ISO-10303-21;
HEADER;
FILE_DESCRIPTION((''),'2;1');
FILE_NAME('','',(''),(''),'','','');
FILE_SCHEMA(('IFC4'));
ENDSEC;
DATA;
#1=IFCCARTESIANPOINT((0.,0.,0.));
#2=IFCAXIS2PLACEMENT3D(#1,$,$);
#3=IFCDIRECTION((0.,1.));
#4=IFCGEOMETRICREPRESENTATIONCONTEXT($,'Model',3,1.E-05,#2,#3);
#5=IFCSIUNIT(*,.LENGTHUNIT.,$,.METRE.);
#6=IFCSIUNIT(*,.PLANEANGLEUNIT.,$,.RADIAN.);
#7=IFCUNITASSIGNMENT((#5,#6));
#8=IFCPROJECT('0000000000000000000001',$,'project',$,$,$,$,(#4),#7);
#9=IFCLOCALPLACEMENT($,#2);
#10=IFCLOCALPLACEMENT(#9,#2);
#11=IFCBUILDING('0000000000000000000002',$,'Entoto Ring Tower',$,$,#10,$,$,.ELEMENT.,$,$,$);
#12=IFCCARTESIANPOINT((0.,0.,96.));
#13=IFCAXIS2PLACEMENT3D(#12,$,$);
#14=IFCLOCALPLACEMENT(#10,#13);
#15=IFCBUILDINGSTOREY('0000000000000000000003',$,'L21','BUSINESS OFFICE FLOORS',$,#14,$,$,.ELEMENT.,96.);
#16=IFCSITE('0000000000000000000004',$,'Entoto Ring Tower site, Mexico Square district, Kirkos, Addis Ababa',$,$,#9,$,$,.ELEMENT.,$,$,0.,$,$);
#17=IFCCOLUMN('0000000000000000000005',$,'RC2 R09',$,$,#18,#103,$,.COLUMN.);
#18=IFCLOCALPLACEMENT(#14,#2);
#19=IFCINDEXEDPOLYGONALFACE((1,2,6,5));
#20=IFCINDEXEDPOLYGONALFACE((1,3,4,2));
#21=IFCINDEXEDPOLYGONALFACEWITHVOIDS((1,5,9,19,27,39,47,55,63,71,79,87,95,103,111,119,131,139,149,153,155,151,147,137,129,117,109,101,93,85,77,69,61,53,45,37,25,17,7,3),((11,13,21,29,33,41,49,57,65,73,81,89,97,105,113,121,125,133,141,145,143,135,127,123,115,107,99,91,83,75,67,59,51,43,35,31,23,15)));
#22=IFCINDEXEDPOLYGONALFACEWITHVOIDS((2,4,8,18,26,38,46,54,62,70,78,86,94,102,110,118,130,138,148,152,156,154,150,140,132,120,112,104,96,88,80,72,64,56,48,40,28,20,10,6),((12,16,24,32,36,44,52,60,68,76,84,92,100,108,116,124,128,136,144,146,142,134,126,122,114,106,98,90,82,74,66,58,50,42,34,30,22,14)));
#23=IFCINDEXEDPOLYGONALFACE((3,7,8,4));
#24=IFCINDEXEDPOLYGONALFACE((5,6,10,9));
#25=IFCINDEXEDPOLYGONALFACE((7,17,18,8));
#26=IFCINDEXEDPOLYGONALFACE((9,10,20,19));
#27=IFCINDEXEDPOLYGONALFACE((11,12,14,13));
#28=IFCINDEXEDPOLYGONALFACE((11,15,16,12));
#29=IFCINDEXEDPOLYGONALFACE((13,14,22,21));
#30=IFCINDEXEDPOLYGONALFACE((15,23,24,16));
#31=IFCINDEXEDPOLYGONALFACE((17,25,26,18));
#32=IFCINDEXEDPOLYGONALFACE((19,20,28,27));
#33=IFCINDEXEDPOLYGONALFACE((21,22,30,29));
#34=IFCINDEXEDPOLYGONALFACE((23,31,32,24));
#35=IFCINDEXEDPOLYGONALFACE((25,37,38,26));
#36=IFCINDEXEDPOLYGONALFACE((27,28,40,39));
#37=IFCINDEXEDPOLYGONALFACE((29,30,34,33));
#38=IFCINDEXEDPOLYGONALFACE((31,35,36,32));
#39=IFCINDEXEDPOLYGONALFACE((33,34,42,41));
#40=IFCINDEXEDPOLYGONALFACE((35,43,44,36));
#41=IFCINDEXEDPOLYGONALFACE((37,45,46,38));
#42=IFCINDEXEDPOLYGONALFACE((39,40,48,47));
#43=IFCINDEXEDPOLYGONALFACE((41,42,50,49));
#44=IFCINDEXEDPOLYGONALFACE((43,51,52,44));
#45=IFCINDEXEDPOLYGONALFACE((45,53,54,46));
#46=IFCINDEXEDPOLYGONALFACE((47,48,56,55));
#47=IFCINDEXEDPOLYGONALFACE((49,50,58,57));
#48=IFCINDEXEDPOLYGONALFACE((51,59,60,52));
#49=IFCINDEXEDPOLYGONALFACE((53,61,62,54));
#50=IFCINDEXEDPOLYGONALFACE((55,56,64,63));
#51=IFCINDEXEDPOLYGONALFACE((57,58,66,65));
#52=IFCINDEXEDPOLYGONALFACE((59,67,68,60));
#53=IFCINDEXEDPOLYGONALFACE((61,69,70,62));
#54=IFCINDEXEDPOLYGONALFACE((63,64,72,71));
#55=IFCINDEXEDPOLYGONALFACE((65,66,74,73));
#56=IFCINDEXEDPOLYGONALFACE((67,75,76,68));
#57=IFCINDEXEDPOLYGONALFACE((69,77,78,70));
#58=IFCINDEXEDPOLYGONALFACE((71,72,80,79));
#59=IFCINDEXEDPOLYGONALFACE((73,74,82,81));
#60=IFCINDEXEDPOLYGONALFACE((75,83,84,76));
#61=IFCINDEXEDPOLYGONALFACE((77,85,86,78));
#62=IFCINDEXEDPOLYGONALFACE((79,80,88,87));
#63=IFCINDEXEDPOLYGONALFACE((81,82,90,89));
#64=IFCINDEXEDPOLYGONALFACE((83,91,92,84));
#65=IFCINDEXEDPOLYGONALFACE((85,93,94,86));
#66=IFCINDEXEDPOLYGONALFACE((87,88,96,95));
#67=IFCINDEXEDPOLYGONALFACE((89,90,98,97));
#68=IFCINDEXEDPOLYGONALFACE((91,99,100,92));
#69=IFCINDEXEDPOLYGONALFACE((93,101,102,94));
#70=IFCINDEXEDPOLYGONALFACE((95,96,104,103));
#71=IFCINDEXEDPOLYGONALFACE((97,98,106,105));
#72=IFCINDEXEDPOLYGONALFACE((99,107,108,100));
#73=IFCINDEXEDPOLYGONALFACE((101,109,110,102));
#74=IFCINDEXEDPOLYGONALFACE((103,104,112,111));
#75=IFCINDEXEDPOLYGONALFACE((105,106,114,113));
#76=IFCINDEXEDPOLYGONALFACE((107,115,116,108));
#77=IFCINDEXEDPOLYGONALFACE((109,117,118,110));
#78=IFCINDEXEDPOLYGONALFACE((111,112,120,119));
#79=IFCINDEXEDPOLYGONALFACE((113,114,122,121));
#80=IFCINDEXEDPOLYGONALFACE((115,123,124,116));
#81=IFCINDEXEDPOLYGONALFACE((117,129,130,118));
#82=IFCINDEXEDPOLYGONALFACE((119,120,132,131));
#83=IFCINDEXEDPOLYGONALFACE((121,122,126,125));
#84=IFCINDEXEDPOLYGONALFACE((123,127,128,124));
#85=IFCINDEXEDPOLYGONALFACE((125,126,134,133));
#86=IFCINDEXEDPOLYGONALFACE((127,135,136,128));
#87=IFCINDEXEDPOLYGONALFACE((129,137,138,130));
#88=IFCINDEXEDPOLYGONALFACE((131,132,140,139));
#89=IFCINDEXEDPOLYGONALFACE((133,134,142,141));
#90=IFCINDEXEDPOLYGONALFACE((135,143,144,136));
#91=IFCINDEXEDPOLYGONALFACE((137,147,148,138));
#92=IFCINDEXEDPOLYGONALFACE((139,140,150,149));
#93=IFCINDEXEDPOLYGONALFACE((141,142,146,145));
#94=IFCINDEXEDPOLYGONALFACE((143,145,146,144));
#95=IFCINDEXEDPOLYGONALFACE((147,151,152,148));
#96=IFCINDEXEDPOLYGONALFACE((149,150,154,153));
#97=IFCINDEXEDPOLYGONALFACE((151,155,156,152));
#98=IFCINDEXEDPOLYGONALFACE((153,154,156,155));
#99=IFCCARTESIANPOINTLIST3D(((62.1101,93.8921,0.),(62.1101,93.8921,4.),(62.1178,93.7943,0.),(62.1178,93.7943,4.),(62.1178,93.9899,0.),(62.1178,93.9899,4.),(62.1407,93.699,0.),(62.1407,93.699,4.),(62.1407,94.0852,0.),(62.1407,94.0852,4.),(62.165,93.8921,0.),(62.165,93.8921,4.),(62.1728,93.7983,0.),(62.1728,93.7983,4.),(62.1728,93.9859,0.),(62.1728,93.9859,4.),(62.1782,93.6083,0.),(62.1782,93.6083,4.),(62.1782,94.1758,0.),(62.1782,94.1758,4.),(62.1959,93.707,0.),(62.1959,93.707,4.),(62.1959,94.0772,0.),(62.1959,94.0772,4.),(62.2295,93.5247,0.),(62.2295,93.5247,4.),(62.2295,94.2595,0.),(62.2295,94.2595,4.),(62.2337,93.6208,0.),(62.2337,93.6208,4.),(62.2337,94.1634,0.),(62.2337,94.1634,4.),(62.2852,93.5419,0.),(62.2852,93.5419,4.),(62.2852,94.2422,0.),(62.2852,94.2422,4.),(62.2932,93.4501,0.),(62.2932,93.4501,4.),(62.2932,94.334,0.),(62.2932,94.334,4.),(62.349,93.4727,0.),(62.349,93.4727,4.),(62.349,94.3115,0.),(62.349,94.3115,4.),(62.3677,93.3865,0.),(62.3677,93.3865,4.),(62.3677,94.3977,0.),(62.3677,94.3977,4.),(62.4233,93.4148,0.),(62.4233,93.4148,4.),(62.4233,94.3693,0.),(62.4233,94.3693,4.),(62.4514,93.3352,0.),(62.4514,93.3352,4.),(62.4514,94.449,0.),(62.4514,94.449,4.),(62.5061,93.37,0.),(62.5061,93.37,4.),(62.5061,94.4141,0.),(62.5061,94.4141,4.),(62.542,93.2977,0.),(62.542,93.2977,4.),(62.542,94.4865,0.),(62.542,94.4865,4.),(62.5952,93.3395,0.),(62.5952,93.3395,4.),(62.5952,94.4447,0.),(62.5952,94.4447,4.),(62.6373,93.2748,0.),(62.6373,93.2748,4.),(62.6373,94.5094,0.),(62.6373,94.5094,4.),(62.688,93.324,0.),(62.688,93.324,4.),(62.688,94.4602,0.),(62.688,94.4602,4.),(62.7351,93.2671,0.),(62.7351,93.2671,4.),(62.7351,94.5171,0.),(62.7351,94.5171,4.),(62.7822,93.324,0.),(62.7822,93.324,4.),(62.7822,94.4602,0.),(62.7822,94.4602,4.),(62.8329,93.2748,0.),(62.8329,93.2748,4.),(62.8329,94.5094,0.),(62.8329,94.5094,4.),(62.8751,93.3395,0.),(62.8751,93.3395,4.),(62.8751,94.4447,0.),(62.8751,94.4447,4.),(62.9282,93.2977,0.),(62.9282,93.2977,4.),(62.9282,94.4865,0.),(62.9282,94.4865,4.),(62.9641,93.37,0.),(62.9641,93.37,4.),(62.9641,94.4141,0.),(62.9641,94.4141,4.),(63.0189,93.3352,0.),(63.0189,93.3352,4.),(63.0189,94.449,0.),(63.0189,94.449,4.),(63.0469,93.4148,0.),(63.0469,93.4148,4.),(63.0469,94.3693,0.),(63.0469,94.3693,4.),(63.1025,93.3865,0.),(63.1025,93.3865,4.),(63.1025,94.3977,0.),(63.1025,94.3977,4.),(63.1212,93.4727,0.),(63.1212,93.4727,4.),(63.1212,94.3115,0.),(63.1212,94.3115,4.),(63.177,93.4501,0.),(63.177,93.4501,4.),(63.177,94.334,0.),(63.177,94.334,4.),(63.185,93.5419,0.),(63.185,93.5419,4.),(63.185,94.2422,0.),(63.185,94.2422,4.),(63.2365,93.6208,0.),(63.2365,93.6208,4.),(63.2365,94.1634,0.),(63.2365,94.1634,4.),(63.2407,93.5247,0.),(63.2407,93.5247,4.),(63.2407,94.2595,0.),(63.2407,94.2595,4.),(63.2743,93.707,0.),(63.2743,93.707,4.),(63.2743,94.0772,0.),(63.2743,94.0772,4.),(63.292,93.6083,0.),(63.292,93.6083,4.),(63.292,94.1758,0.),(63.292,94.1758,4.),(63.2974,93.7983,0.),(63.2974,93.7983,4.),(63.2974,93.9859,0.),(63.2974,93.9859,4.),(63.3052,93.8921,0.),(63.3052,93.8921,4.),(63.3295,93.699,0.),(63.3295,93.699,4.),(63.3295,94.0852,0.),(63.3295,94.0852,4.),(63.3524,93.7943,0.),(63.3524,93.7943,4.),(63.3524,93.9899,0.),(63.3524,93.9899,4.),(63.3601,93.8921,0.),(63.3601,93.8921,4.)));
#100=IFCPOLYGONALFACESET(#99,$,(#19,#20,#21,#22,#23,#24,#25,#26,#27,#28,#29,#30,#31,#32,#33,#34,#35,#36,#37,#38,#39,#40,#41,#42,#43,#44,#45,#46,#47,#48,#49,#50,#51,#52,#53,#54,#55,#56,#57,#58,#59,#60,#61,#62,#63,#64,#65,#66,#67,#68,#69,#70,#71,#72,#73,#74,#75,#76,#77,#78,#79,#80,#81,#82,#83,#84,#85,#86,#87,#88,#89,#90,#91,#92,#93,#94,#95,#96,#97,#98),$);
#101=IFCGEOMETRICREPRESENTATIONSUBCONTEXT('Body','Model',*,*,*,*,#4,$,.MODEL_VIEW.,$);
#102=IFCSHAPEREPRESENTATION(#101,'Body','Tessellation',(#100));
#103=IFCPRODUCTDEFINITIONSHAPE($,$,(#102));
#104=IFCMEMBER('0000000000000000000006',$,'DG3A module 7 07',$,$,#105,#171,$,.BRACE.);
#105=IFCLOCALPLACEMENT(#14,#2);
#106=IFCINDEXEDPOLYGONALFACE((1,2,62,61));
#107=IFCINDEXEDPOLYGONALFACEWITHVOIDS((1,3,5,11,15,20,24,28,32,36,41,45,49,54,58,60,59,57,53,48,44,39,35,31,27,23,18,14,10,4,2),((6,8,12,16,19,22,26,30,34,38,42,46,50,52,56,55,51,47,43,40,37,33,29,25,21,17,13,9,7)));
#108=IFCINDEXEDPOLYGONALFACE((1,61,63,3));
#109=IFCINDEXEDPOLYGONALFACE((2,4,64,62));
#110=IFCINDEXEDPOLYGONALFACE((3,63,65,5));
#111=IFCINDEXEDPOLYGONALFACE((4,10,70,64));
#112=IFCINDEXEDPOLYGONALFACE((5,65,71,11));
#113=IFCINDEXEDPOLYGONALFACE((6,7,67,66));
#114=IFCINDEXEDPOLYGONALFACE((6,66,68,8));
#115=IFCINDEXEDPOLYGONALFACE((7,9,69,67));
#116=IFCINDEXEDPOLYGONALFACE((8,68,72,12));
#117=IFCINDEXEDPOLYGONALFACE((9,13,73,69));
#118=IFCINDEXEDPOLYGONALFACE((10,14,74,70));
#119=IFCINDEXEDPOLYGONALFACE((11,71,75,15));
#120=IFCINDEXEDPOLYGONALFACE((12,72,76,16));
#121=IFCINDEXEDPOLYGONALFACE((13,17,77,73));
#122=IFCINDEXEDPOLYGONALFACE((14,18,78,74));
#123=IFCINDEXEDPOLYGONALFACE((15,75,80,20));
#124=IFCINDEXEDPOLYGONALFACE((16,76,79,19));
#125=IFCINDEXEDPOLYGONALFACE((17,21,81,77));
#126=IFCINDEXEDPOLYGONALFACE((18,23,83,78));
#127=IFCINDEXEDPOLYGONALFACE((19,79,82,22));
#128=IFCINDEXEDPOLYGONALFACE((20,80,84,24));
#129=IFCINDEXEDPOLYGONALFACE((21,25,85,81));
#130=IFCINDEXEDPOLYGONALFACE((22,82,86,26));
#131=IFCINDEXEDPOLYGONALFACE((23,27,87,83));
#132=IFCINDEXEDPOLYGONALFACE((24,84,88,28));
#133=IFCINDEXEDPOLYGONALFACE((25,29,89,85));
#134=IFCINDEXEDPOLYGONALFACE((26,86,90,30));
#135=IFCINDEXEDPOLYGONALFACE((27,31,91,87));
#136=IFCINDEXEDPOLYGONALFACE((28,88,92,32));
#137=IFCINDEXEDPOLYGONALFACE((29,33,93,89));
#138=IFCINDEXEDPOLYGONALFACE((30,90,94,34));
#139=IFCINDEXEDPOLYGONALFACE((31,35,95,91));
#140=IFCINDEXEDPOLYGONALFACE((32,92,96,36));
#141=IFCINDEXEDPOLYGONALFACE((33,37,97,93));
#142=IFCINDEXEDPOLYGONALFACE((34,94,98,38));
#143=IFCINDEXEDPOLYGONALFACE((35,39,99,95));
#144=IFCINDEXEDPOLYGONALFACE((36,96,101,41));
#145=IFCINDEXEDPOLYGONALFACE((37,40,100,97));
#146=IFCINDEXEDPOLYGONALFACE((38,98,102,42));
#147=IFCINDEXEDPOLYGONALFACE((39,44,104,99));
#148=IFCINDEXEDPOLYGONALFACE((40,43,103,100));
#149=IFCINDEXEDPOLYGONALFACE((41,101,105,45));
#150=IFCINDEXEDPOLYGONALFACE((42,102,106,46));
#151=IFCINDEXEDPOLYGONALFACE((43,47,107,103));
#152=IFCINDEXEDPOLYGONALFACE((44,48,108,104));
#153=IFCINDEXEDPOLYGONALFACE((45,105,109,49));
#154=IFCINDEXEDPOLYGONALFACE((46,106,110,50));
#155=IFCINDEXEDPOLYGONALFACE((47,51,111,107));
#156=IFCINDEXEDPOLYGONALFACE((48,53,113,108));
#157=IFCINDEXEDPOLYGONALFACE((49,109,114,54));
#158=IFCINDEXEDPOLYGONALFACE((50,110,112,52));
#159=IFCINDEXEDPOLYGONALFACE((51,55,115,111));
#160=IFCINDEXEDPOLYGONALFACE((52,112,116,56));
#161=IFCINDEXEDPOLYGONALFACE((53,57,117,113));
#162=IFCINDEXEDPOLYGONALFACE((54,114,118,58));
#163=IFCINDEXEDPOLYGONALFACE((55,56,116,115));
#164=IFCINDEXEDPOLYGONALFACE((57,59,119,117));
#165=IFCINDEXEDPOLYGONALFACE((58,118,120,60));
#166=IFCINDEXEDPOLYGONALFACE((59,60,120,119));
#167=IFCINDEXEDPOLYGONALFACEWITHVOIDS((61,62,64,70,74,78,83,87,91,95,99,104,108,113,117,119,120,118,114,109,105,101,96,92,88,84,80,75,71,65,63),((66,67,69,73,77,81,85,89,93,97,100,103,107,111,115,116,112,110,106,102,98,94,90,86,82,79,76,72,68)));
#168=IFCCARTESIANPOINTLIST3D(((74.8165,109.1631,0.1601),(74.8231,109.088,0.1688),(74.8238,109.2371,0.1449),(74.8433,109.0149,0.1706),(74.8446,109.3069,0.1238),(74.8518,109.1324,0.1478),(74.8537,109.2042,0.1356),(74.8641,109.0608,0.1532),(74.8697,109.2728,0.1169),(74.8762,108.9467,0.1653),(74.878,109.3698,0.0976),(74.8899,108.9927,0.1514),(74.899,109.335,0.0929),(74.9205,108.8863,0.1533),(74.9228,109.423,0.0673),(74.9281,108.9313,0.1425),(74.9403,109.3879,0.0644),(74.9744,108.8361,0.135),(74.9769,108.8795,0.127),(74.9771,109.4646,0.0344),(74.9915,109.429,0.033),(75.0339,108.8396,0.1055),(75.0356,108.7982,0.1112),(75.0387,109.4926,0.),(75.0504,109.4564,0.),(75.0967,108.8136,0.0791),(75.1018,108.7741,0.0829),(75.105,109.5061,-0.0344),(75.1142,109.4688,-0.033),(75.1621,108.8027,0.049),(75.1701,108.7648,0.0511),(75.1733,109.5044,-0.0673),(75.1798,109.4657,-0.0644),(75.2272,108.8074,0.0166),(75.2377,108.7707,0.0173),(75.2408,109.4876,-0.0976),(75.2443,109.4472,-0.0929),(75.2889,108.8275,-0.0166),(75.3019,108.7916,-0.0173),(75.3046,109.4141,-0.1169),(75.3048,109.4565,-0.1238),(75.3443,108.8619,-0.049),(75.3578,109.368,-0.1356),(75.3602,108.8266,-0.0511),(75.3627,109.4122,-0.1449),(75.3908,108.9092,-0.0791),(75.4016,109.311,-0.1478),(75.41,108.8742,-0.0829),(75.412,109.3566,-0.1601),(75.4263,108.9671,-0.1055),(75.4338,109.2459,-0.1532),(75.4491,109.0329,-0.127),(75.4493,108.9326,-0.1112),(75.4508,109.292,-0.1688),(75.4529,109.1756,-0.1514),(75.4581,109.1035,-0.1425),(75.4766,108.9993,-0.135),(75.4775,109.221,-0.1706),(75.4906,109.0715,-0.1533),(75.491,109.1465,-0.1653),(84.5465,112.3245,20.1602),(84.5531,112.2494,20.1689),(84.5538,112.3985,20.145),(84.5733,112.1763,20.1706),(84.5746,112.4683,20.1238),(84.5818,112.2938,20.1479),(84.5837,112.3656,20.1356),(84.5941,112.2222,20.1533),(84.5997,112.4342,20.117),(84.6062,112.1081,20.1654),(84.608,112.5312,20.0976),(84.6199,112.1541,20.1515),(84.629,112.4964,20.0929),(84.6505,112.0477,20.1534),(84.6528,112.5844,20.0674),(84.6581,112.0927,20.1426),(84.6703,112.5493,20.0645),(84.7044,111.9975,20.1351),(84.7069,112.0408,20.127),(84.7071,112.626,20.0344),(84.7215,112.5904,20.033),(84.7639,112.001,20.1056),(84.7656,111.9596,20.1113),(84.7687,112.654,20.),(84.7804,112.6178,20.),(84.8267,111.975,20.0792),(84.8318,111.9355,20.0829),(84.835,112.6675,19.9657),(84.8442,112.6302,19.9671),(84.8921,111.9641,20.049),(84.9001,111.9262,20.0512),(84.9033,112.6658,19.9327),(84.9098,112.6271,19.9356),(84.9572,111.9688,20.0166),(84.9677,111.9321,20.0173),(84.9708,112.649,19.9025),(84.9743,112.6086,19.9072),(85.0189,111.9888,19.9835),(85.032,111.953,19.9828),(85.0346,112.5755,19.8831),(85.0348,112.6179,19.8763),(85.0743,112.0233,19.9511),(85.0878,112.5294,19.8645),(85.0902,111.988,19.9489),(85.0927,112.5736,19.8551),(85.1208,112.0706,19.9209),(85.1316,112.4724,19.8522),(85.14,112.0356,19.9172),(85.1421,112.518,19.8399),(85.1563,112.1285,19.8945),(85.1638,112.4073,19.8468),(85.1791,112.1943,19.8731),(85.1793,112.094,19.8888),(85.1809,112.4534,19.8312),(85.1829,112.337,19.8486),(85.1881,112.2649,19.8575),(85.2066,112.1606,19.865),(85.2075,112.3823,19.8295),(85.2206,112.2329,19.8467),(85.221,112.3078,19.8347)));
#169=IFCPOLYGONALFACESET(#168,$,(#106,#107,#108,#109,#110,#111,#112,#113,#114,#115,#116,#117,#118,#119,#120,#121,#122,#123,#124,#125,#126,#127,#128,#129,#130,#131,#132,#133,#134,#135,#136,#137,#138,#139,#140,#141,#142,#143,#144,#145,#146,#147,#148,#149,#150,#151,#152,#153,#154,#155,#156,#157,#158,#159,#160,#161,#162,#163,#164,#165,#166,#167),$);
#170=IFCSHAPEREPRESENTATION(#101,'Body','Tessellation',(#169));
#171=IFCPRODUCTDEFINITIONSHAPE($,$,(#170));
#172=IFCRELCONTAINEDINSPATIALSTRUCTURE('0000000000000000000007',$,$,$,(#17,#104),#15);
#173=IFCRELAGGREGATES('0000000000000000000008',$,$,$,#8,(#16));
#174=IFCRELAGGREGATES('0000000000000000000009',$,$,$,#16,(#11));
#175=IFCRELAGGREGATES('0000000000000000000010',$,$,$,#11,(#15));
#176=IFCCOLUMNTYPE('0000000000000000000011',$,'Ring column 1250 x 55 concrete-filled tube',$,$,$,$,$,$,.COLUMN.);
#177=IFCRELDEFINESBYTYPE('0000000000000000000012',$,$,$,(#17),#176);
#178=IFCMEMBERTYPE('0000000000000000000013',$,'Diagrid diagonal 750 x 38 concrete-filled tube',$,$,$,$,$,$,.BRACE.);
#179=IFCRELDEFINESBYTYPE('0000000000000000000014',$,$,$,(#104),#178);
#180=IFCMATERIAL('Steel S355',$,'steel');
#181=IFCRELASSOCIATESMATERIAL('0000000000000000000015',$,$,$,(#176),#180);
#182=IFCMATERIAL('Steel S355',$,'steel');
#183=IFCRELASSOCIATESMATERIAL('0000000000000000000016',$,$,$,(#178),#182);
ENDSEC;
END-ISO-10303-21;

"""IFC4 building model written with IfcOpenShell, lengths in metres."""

from ifc_helpers import new_model, si_unit, direction, frame, origin, origin_2d, place, context, subcontext, project, spatial, circle, hollow_circle, extrude, material, material_profile, profile_set, type_object, element, save


model = new_model("IFC4")

# Units and contexts
model_context = context("Model", 3, precision=1e-05, world=origin(), true_north=direction((0.0, 1.0)))
body_context = subcontext(model_context, "Body", "Model", "MODEL_VIEW")
ifc_project = project(units=[si_unit("LENGTHUNIT", "METRE"), si_unit("PLANEANGLEUNIT", "RADIAN")], contexts=[model_context])

# Site, building, storey
site_placement = place(None, origin())
site = spatial("IfcSite", under=ifc_project, at=site_placement, Name="Entoto Ring Tower site, Mexico Square district, Kirkos, Addis Ababa", CompositionType="ELEMENT", RefElevation=0.0)
building_placement = place(site_placement, origin())
building = spatial("IfcBuilding", under=site, at=building_placement, Name="Entoto Ring Tower", CompositionType="ELEMENT")
storey_placement = place(building_placement, frame((0.0, 0.0, 96.0)))
storey = spatial("IfcBuildingStorey", under=building, at=storey_placement, Name="L21", Description="BUSINESS OFFICE FLOORS", CompositionType="ELEMENT", Elevation=96.0)

# Column
ifc_material_1 = material(Name="Steel S355", Category="steel")
ifc_material_profile_1 = material_profile(ifc_material_1, hollow_circle(Radius=0.625, WallThickness=0.0549, at=origin_2d()), Name="CHS 1250 x 55")
ifc_material_2 = material(Name="Concrete C60/75", Category="concrete")
ifc_material_profile_2 = material_profile(ifc_material_2, circle(Radius=0.5701, at=origin_2d()), Name="Concrete C60/75 infill")
ifc_profile_set_1 = profile_set([ifc_material_profile_1, ifc_material_profile_2], Name="Steel S355")
column_type = type_object("IfcColumnType", Name="Ring column 1250 x 55 concrete-filled tube", PredefinedType="COLUMN", material=ifc_profile_set_1)
for number, where, z_axis, x_axis, name in (
    (1, (62.7351, 93.8921, 0.0), (0.0, 0.0, 1.0), (1.0, 0.0, 0.0), "RC2 R09"),
):
    element("IfcColumn", number, at=place(storey_placement, frame(where, z_axis=z_axis, x_axis=x_axis)), inside=storey, type_object=column_type, Name=name, PredefinedType="COLUMN", context=body_context, shape_type="SweptSolid", body=[
        extrude(hollow_circle(Radius=0.625, WallThickness=0.0549, at=origin_2d()), origin(), (0.0, 0.0, 1.0), 4.0),
    ])

# Member
ifc_material_3 = material(Name="Steel S355", Category="steel")
ifc_material_profile_3 = material_profile(ifc_material_3, hollow_circle(Radius=0.375, WallThickness=0.0381, at=origin_2d()), Name="CHS 750 x 38")
ifc_material_4 = material(Name="Concrete C60/75", Category="concrete")
ifc_material_profile_4 = material_profile(ifc_material_4, circle(Radius=0.3369, at=origin_2d()), Name="Concrete C60/75 infill")
ifc_profile_set_2 = profile_set([ifc_material_profile_3, ifc_material_profile_4], Name="Steel S355")
member_type_1 = type_object("IfcMemberType", Name="Diagrid diagonal 750 x 38 concrete-filled tube", PredefinedType="BRACE", material=ifc_profile_set_2)
for number, where, z_axis, x_axis, name in (
    (2, (75.1545, 109.136, 0.0), (0.433121, 0.140726, 0.890282), (-0.309009, 0.951059, 0.0), "DG3A module 7 07"),
):
    element("IfcMember", number, at=place(storey_placement, frame(where, z_axis=z_axis, x_axis=x_axis)), inside=storey, type_object=member_type_1, Name=name, PredefinedType="BRACE", context=body_context, shape_type="SweptSolid", body=[
        extrude(hollow_circle(Radius=0.375, WallThickness=0.0381, at=origin_2d()), origin(), (0.0, 0.0, 1.0), 22.4648),
    ])

save(model, "model.ifc")
